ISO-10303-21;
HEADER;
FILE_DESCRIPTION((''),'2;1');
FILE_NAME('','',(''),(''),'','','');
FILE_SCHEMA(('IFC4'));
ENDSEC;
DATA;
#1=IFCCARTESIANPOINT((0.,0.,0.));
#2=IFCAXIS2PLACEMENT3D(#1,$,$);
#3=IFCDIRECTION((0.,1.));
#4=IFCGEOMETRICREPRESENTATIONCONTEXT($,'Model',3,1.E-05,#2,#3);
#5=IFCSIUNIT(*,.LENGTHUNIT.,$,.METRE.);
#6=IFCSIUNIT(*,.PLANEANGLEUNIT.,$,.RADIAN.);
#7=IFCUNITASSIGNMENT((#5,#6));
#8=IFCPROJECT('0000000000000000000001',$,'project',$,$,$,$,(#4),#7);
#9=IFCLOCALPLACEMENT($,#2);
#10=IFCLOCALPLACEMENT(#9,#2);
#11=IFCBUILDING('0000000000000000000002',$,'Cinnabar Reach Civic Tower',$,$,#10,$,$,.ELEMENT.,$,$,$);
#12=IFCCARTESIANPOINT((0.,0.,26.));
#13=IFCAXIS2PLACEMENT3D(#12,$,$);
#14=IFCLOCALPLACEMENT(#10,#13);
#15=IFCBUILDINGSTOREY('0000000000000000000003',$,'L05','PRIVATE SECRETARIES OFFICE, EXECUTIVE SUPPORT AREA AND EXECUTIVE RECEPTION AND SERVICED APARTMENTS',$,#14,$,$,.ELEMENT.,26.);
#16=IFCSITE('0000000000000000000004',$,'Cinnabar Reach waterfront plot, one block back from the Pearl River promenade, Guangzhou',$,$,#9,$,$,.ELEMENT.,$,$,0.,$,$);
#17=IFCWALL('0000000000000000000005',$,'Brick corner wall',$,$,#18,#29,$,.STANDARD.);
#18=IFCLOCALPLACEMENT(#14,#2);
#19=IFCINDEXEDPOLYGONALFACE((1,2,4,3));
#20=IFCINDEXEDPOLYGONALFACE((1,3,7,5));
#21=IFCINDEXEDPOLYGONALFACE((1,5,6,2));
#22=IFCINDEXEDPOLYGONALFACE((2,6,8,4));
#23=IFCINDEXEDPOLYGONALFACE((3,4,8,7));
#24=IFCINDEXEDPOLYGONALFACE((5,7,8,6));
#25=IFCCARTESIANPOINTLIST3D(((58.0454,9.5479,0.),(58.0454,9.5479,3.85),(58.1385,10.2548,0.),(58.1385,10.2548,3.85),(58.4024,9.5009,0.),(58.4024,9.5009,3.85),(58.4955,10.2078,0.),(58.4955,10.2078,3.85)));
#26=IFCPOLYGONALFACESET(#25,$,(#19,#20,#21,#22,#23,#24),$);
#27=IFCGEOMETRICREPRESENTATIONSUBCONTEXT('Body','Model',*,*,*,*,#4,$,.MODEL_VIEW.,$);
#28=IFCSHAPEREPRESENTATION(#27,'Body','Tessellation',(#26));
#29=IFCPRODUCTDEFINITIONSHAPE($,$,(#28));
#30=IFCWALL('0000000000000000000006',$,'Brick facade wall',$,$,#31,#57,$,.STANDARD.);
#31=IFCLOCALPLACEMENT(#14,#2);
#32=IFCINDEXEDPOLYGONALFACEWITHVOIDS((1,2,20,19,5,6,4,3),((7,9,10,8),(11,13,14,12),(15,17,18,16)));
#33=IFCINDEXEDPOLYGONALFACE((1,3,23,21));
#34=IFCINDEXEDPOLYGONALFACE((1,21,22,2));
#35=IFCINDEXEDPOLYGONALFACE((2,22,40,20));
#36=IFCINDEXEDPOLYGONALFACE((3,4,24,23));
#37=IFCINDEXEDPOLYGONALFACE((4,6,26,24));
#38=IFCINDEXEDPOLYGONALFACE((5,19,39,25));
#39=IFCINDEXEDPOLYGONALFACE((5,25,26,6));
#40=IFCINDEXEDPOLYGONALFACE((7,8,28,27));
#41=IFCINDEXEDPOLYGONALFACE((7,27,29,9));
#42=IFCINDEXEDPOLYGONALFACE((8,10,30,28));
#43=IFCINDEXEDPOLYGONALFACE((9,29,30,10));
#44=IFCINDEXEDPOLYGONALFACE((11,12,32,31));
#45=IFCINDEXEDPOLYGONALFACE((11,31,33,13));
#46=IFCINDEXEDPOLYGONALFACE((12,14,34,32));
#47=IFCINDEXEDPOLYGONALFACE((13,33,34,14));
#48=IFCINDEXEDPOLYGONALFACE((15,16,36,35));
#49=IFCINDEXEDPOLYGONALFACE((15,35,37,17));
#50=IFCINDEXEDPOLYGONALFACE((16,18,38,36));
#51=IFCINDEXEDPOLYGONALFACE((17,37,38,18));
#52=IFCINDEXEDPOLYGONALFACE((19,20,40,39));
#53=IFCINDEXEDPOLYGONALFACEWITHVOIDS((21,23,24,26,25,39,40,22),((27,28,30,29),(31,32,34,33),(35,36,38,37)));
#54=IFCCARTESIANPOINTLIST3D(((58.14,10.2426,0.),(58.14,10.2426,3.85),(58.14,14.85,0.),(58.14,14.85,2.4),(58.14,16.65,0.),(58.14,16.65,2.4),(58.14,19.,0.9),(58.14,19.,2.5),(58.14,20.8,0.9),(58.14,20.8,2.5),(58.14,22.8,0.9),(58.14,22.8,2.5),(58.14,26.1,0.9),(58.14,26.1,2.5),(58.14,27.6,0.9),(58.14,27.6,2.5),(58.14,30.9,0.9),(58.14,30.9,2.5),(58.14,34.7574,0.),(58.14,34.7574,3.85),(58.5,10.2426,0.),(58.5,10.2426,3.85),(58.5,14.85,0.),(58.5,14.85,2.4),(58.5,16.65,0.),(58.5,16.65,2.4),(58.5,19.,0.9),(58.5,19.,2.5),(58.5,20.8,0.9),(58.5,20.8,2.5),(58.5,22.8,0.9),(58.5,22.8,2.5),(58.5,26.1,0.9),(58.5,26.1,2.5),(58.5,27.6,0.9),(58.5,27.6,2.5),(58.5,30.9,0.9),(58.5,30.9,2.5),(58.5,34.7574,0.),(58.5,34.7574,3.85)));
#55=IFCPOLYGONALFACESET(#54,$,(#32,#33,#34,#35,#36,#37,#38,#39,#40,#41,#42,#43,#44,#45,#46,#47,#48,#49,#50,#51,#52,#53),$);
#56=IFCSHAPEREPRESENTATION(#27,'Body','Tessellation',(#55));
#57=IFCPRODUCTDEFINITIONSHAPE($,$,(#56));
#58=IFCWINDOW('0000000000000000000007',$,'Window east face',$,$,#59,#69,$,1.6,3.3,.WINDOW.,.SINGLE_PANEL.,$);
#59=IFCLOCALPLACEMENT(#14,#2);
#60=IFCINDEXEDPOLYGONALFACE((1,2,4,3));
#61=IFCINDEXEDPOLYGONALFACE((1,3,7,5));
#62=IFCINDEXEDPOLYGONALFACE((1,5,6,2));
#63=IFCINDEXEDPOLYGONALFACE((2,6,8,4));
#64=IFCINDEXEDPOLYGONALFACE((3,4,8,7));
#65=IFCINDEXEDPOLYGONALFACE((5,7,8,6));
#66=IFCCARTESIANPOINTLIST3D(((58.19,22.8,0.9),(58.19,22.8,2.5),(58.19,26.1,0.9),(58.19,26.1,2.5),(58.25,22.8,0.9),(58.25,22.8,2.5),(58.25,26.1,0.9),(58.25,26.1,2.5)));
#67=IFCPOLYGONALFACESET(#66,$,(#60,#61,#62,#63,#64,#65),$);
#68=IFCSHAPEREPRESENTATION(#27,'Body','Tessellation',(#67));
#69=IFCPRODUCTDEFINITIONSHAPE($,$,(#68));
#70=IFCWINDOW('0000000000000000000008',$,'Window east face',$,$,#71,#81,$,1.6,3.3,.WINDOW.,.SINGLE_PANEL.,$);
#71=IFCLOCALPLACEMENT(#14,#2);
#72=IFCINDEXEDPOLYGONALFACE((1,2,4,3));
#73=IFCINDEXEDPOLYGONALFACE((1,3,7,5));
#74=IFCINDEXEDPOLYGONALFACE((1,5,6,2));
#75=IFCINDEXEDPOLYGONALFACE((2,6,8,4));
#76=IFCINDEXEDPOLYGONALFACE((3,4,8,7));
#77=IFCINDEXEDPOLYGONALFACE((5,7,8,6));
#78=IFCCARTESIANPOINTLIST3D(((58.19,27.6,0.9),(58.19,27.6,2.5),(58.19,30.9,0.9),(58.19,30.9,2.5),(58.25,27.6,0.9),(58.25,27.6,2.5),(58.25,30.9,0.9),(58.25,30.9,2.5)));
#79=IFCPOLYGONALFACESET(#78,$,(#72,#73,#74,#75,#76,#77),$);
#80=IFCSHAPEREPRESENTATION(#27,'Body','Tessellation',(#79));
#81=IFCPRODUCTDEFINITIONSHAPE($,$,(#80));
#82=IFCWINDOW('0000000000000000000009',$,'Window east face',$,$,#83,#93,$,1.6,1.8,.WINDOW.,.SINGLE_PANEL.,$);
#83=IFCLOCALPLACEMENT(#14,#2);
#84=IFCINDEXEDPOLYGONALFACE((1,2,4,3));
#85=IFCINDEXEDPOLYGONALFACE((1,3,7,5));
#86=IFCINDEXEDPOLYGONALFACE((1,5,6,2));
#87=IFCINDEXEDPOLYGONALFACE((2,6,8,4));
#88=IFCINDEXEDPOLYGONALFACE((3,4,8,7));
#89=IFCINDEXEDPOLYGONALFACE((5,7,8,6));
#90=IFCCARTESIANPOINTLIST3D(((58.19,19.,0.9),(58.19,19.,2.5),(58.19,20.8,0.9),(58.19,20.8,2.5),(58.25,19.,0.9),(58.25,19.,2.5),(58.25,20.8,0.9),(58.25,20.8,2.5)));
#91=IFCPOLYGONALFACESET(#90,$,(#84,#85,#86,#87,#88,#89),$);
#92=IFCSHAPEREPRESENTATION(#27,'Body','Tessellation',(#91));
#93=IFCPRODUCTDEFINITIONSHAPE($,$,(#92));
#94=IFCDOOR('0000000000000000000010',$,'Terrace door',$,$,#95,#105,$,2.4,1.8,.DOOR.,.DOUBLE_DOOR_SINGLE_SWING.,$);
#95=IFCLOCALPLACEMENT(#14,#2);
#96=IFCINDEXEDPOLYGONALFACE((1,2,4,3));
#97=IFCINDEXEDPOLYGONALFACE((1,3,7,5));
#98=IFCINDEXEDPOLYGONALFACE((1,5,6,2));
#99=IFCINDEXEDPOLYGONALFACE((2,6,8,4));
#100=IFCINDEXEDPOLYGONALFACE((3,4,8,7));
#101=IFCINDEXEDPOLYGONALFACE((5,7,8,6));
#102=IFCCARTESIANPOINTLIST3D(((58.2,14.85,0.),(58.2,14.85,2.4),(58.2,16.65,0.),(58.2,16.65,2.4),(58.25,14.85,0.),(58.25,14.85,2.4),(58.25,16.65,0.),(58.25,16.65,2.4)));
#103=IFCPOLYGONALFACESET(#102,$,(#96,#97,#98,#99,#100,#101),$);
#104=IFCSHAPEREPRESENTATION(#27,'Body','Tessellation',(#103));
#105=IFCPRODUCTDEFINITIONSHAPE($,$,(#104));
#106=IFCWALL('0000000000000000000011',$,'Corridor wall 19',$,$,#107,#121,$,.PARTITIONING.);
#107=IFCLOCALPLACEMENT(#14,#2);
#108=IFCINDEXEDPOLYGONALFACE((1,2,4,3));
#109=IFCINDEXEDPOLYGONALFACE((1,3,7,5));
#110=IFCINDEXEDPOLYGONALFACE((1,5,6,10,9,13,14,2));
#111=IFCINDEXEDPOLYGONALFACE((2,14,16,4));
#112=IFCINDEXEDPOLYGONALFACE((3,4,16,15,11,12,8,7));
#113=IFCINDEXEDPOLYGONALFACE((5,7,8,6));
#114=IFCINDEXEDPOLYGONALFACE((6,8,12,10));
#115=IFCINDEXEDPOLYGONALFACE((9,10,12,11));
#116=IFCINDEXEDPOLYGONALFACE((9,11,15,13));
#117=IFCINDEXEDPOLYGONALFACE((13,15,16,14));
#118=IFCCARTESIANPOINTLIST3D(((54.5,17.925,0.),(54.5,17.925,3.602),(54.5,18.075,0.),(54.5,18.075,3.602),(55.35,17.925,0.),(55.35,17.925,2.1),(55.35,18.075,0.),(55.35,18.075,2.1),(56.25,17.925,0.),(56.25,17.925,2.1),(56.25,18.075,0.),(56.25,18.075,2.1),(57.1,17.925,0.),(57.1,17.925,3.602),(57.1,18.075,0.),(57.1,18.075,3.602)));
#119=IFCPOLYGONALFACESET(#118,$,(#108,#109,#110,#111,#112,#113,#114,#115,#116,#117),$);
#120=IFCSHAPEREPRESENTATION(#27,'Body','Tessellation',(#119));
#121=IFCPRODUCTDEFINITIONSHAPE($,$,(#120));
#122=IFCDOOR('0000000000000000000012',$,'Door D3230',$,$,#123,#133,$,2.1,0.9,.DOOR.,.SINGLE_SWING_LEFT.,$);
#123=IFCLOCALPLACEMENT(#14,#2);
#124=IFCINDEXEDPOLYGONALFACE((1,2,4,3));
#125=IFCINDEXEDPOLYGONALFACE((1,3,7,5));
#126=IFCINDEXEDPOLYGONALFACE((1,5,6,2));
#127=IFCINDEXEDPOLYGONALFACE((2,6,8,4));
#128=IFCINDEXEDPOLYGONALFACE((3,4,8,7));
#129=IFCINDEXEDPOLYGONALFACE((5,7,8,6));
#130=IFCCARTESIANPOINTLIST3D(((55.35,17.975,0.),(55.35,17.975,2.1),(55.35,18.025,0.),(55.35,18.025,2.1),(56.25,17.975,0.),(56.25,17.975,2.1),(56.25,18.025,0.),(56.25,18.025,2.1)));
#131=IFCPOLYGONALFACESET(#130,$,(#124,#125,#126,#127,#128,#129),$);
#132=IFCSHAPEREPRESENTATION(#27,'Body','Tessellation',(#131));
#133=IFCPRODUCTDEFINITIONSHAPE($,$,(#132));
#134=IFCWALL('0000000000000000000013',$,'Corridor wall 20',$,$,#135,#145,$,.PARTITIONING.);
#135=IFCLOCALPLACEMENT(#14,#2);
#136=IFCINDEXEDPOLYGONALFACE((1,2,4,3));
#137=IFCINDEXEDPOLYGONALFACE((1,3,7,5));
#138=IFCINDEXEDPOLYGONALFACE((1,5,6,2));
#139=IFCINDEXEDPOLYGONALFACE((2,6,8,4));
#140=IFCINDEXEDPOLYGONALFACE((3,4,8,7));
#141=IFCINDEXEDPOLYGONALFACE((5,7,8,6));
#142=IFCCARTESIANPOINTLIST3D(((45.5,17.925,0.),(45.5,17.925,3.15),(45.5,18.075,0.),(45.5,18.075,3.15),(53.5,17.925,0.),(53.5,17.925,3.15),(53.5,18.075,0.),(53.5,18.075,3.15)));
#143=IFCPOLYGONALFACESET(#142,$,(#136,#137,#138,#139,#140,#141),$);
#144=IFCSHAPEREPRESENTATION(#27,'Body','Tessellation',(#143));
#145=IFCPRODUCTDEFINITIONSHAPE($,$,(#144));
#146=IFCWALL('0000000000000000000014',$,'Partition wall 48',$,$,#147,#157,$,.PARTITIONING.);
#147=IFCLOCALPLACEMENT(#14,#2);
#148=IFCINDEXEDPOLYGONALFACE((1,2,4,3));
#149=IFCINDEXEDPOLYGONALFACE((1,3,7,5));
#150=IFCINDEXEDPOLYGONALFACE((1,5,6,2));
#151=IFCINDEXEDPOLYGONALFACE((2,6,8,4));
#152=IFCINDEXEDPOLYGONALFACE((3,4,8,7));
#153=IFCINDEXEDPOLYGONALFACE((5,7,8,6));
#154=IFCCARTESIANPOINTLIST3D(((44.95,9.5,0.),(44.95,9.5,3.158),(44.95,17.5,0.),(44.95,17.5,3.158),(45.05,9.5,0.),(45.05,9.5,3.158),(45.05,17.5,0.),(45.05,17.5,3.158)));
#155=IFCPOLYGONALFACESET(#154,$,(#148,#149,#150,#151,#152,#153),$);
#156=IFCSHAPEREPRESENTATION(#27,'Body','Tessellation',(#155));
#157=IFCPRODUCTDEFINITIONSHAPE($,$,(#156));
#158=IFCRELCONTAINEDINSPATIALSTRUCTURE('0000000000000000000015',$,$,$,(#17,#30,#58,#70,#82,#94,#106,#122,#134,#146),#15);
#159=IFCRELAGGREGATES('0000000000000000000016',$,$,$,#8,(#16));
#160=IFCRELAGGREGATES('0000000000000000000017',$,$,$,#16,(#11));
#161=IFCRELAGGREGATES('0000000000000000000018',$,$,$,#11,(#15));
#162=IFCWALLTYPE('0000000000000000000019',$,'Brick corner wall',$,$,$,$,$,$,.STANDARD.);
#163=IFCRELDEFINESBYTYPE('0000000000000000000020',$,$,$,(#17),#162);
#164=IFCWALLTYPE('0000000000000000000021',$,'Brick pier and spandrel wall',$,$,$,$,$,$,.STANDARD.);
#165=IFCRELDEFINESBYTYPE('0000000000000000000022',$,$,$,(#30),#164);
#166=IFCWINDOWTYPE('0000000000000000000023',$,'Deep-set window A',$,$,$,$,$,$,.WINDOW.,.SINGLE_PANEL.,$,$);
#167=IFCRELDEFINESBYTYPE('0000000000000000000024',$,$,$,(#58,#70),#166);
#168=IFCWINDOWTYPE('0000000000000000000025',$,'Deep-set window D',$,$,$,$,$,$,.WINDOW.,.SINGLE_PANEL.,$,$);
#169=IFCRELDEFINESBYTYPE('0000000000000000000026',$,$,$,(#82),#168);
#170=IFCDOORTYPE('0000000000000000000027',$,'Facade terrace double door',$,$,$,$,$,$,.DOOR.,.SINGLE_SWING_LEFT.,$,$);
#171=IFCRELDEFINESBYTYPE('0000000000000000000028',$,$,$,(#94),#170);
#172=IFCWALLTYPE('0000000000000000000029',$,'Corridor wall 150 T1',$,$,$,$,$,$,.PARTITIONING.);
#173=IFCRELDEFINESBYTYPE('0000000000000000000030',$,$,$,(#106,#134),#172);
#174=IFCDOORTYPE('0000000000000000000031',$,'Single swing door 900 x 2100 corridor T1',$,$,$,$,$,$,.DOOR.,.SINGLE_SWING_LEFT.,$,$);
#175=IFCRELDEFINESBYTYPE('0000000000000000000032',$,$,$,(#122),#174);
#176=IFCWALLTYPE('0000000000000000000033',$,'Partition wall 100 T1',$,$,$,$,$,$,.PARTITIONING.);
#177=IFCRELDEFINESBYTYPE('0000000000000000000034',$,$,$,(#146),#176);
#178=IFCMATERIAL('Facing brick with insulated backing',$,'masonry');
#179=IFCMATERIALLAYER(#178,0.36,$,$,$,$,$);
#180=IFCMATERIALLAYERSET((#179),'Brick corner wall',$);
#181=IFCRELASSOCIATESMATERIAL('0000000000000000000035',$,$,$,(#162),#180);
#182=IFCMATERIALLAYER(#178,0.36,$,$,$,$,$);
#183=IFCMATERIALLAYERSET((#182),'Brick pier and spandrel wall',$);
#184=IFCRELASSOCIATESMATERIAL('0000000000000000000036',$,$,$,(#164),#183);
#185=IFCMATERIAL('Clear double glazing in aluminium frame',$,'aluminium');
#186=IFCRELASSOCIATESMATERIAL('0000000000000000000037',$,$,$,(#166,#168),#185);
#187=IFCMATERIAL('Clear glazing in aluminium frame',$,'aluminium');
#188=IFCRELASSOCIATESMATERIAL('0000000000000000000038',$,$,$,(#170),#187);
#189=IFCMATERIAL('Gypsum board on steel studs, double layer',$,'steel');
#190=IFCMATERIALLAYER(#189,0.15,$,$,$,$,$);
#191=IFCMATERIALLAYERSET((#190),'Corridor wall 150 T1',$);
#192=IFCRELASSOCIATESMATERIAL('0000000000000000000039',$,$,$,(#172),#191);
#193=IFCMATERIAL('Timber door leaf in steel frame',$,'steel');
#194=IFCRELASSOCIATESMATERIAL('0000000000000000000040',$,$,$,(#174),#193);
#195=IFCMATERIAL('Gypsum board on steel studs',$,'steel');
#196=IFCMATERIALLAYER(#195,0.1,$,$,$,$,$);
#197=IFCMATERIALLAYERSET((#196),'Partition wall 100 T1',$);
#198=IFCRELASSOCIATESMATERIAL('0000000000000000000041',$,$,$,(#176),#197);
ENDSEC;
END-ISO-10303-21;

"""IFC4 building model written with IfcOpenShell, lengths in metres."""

from ifc_helpers import new_model, si_unit, direction, frame, frame_2d, origin, place, context, subcontext, project, spatial, rectangle, extrude, material, layer, layer_set, type_object, element, fill, save


model = new_model("IFC4")

# Units and contexts
model_context = context("Model", 3, precision=1e-05, world=origin(), true_north=direction((0.0, 1.0)))
body_context = subcontext(model_context, "Body", "Model", "MODEL_VIEW")
ifc_project = project(units=[si_unit("LENGTHUNIT", "METRE"), si_unit("PLANEANGLEUNIT", "RADIAN")], contexts=[model_context])

# Site, building, storey
site_placement = place(None, origin())
site = spatial("IfcSite", under=ifc_project, at=site_placement, Name="Cinnabar Reach waterfront plot, one block back from the Pearl River promenade, Guangzhou", CompositionType="ELEMENT", RefElevation=0.0)
building_placement = place(site_placement, origin())
building = spatial("IfcBuilding", under=site, at=building_placement, Name="Cinnabar Reach Civic Tower", CompositionType="ELEMENT")
storey_placement = place(building_placement, frame((0.0, 0.0, 26.0)))
storey = spatial("IfcBuildingStorey", under=building, at=storey_placement, Name="L05", Description="PRIVATE SECRETARIES OFFICE, EXECUTIVE SUPPORT AREA AND EXECUTIVE RECEPTION AND SERVICED APARTMENTS", CompositionType="ELEMENT", Elevation=26.0)

# Wall
ifc_material_1 = material(Name="Facing brick with insulated backing", Category="masonry")
ifc_layer_1 = layer(ifc_material_1, 0.36)
ifc_layer_set_1 = layer_set([ifc_layer_1], Name="Brick corner wall")
wall_type_1 = type_object("IfcWallType", Name="Brick corner wall", PredefinedType="STANDARD", material=ifc_layer_set_1)
wall_1_placement = place(storey_placement, frame((58.2239, 9.5244, 0.0), z_axis=(0.0, 0.0, 1.0), x_axis=(0.130556, 0.991441, 0.0)))
element("IfcWall", 1, at=wall_1_placement, inside=storey, type_object=wall_type_1, Name="Brick corner wall", PredefinedType="STANDARD", context=body_context, shape_type="SweptSolid", body=[
    extrude(rectangle(XDim=0.7131, YDim=0.36, at=frame_2d((0.3565, 0.0))), origin(), (0.0, 0.0, 1.0), 3.85),
])

# Wall, openings, windows, door
ifc_layer_2 = layer(ifc_material_1, 0.36)
ifc_layer_set_2 = layer_set([ifc_layer_2], Name="Brick pier and spandrel wall")
wall_type_2 = type_object("IfcWallType", Name="Brick pier and spandrel wall", PredefinedType="STANDARD", material=ifc_layer_set_2)
wall_2_placement = place(storey_placement, frame((58.32, 10.2426, 0.0), z_axis=(0.0, 0.0, 1.0), x_axis=(0.0, 1.0, 0.0)))
wall_2 = element("IfcWall", 2, at=wall_2_placement, inside=storey, type_object=wall_type_2, Name="Brick facade wall", PredefinedType="STANDARD", context=body_context, shape_type="SweptSolid", body=[
    extrude(rectangle(XDim=24.5148, YDim=0.36, at=frame_2d((12.2574, 0.0))), origin(), (0.0, 0.0, 1.0), 3.85),
])
opening_1_placement = place(wall_2_placement, frame((4.6074, 0.0, 0.0)))
opening_1 = element("IfcOpeningElement", 3, at=opening_1_placement, cuts=wall_2, PredefinedType="OPENING", context=body_context, shape_type="SweptSolid", body=[
    extrude(rectangle(XDim=1.8, YDim=2.4, at=frame_2d((0.9, 1.2))), frame((0.0, 0.19, 0.0), z_axis=(0.0, -1.0, 0.0), x_axis=(1.0, 0.0, 0.0)), (0.0, 0.0, 1.0), 0.38),
])
opening_2_placement = place(wall_2_placement, frame((8.7574, 0.0, 0.9)))
opening_2 = element("IfcOpeningElement", 4, at=opening_2_placement, cuts=wall_2, PredefinedType="OPENING", context=body_context, shape_type="SweptSolid", body=[
    extrude(rectangle(XDim=1.8, YDim=1.6, at=frame_2d((0.9, 0.8))), frame((0.0, 0.19, 0.0), z_axis=(0.0, -1.0, 0.0), x_axis=(1.0, 0.0, 0.0)), (0.0, 0.0, 1.0), 0.38),
])
opening_3_placement = place(wall_2_placement, frame((12.5574, 0.0, 0.9)))
opening_3 = element("IfcOpeningElement", 5, at=opening_3_placement, cuts=wall_2, PredefinedType="OPENING", context=body_context, shape_type="SweptSolid", body=[
    extrude(rectangle(XDim=3.3, YDim=1.6, at=frame_2d((1.65, 0.8))), frame((0.0, 0.19, 0.0), z_axis=(0.0, -1.0, 0.0), x_axis=(1.0, 0.0, 0.0)), (0.0, 0.0, 1.0), 0.38),
])
opening_4_placement = place(wall_2_placement, frame((17.3574, 0.0, 0.9)))
opening_4 = element("IfcOpeningElement", 6, at=opening_4_placement, cuts=wall_2, PredefinedType="OPENING", context=body_context, shape_type="SweptSolid", body=[
    extrude(rectangle(XDim=3.3, YDim=1.6, at=frame_2d((1.65, 0.8))), frame((0.0, 0.19, 0.0), z_axis=(0.0, -1.0, 0.0), x_axis=(1.0, 0.0, 0.0)), (0.0, 0.0, 1.0), 0.38),
])
ifc_material_2 = material(Name="Clear double glazing in aluminium frame", Category="aluminium")
window_type_1 = type_object("IfcWindowType", Name="Deep-set window A", PartitioningType="SINGLE_PANEL", PredefinedType="WINDOW", material=ifc_material_2)
window_1_placement = place(opening_3_placement, origin())
window_1 = element("IfcWindow", 7, at=window_1_placement, inside=storey, type_object=window_type_1, Name="Window east face", OverallHeight=1.6, OverallWidth=3.3, PartitioningType="SINGLE_PANEL", PredefinedType="WINDOW", context=body_context, shape_type="SweptSolid", body=[
    extrude(rectangle(XDim=3.3, YDim=1.6, at=frame_2d((1.65, 0.8))), frame((0.0, 0.13, 0.0), z_axis=(0.0, -1.0, 0.0), x_axis=(1.0, 0.0, 0.0)), (0.0, 0.0, 1.0), 0.06),
])
fill(opening_3, window_1)
window_2_placement = place(opening_4_placement, origin())
window_2 = element("IfcWindow", 8, at=window_2_placement, inside=storey, type_object=window_type_1, Name="Window east face", OverallHeight=1.6, OverallWidth=3.3, PartitioningType="SINGLE_PANEL", PredefinedType="WINDOW", context=body_context, shape_type="SweptSolid", body=[
    extrude(rectangle(XDim=3.3, YDim=1.6, at=frame_2d((1.65, 0.8))), frame((0.0, 0.13, 0.0), z_axis=(0.0, -1.0, 0.0), x_axis=(1.0, 0.0, 0.0)), (0.0, 0.0, 1.0), 0.06),
])
fill(opening_4, window_2)
window_type_2 = type_object("IfcWindowType", Name="Deep-set window D", PartitioningType="SINGLE_PANEL", PredefinedType="WINDOW", material=ifc_material_2)
window_3_placement = place(opening_2_placement, origin())
window_3 = element("IfcWindow", 9, at=window_3_placement, inside=storey, type_object=window_type_2, Name="Window east face", OverallHeight=1.6, OverallWidth=1.8, PartitioningType="SINGLE_PANEL", PredefinedType="WINDOW", context=body_context, shape_type="SweptSolid", body=[
    extrude(rectangle(XDim=1.8, YDim=1.6, at=frame_2d((0.9, 0.8))), frame((0.0, 0.13, 0.0), z_axis=(0.0, -1.0, 0.0), x_axis=(1.0, 0.0, 0.0)), (0.0, 0.0, 1.0), 0.06),
])
fill(opening_2, window_3)
ifc_material_3 = material(Name="Clear glazing in aluminium frame", Category="aluminium")
door_type_1 = type_object("IfcDoorType", Name="Facade terrace double door", OperationType="SINGLE_SWING_LEFT", PredefinedType="DOOR", material=ifc_material_3)
door_1_placement = place(opening_1_placement, frame((1.8, 0.0, 0.0), z_axis=(0.0, 0.0, 1.0), x_axis=(-1.0, 0.0, 0.0)))
door_1 = element("IfcDoor", 10, at=door_1_placement, inside=storey, type_object=door_type_1, Name="Terrace door", OperationType="DOUBLE_DOOR_SINGLE_SWING", OverallHeight=2.4, OverallWidth=1.8, PredefinedType="DOOR", context=body_context, shape_type="SweptSolid", body=[
    extrude(rectangle(XDim=1.8, YDim=2.4, at=frame_2d((0.9, 1.2))), frame((0.0, -0.07, 0.0), z_axis=(0.0, -1.0, 0.0), x_axis=(1.0, 0.0, 0.0)), (0.0, 0.0, 1.0), 0.05),
])
fill(opening_1, door_1)

# Wall, opening, door
ifc_material_4 = material(Name="Gypsum board on steel studs, double layer", Category="steel")
ifc_layer_3 = layer(ifc_material_4, 0.15)
ifc_layer_set_3 = layer_set([ifc_layer_3], Name="Corridor wall 150 T1")
wall_type_3 = type_object("IfcWallType", Name="Corridor wall 150 T1", PredefinedType="PARTITIONING", material=ifc_layer_set_3)
wall_3_placement = place(storey_placement, frame((54.5, 18.0, 0.0), z_axis=(0.0, 0.0, 1.0), x_axis=(1.0, 0.0, 0.0)))
wall_3 = element("IfcWall", 11, at=wall_3_placement, inside=storey, type_object=wall_type_3, Name="Corridor wall 19", PredefinedType="PARTITIONING", context=body_context, shape_type="SweptSolid", body=[
    extrude(rectangle(XDim=2.6, YDim=0.15, at=frame_2d((1.3, 0.0))), origin(), (0.0, 0.0, 1.0), 3.602),
])
opening_5_placement = place(wall_3_placement, frame((0.85, 0.0, 0.0)))
opening_5 = element("IfcOpeningElement", 12, at=opening_5_placement, cuts=wall_3, PredefinedType="OPENING", context=body_context, shape_type="SweptSolid", body=[
    extrude(rectangle(XDim=0.9, YDim=2.1, at=frame_2d((0.45, 1.05))), frame((0.0, 0.085, 0.0), z_axis=(0.0, -1.0, 0.0), x_axis=(1.0, 0.0, 0.0)), (0.0, 0.0, 1.0), 0.17),
])
ifc_material_5 = material(Name="Timber door leaf in steel frame", Category="steel")
door_type_2 = type_object("IfcDoorType", Name="Single swing door 900 x 2100 corridor T1", OperationType="SINGLE_SWING_LEFT", PredefinedType="DOOR", material=ifc_material_5)
door_2_placement = place(opening_5_placement, frame((0.9, 0.0, 0.0), z_axis=(0.0, 0.0, 1.0), x_axis=(-1.0, 0.0, 0.0)))
door_2 = element("IfcDoor", 13, at=door_2_placement, inside=storey, type_object=door_type_2, Name="Door D3230", OperationType="SINGLE_SWING_LEFT", OverallHeight=2.1, OverallWidth=0.9, PredefinedType="DOOR", context=body_context, shape_type="SweptSolid", body=[
    extrude(rectangle(XDim=0.9, YDim=2.1, at=frame_2d((0.45, 1.05))), frame((0.0, 0.025, 0.0), z_axis=(0.0, -1.0, 0.0), x_axis=(1.0, 0.0, 0.0)), (0.0, 0.0, 1.0), 0.05),
])
fill(opening_5, door_2)

# Walls
wall_4_placement = place(storey_placement, frame((45.5, 18.0, 0.0), z_axis=(0.0, 0.0, 1.0), x_axis=(1.0, 0.0, 0.0)))
element("IfcWall", 14, at=wall_4_placement, inside=storey, type_object=wall_type_3, Name="Corridor wall 20", PredefinedType="PARTITIONING", context=body_context, shape_type="SweptSolid", body=[
    extrude(rectangle(XDim=8.0, YDim=0.15, at=frame_2d((4.0, 0.0))), origin(), (0.0, 0.0, 1.0), 3.15),
])
ifc_material_6 = material(Name="Gypsum board on steel studs", Category="steel")
ifc_layer_4 = layer(ifc_material_6, 0.1)
ifc_layer_set_4 = layer_set([ifc_layer_4], Name="Partition wall 100 T1")
wall_type_4 = type_object("IfcWallType", Name="Partition wall 100 T1", PredefinedType="PARTITIONING", material=ifc_layer_set_4)
wall_5_placement = place(storey_placement, frame((45.0, 9.5, 0.0), z_axis=(0.0, 0.0, 1.0), x_axis=(0.0, 1.0, 0.0)))
element("IfcWall", 15, at=wall_5_placement, inside=storey, type_object=wall_type_4, Name="Partition wall 48", PredefinedType="PARTITIONING", context=body_context, shape_type="SweptSolid", body=[
    extrude(rectangle(XDim=8.0, YDim=0.1, at=frame_2d((4.0, 0.0))), origin(), (0.0, 0.0, 1.0), 3.158),
])

save(model, "model.ifc")
